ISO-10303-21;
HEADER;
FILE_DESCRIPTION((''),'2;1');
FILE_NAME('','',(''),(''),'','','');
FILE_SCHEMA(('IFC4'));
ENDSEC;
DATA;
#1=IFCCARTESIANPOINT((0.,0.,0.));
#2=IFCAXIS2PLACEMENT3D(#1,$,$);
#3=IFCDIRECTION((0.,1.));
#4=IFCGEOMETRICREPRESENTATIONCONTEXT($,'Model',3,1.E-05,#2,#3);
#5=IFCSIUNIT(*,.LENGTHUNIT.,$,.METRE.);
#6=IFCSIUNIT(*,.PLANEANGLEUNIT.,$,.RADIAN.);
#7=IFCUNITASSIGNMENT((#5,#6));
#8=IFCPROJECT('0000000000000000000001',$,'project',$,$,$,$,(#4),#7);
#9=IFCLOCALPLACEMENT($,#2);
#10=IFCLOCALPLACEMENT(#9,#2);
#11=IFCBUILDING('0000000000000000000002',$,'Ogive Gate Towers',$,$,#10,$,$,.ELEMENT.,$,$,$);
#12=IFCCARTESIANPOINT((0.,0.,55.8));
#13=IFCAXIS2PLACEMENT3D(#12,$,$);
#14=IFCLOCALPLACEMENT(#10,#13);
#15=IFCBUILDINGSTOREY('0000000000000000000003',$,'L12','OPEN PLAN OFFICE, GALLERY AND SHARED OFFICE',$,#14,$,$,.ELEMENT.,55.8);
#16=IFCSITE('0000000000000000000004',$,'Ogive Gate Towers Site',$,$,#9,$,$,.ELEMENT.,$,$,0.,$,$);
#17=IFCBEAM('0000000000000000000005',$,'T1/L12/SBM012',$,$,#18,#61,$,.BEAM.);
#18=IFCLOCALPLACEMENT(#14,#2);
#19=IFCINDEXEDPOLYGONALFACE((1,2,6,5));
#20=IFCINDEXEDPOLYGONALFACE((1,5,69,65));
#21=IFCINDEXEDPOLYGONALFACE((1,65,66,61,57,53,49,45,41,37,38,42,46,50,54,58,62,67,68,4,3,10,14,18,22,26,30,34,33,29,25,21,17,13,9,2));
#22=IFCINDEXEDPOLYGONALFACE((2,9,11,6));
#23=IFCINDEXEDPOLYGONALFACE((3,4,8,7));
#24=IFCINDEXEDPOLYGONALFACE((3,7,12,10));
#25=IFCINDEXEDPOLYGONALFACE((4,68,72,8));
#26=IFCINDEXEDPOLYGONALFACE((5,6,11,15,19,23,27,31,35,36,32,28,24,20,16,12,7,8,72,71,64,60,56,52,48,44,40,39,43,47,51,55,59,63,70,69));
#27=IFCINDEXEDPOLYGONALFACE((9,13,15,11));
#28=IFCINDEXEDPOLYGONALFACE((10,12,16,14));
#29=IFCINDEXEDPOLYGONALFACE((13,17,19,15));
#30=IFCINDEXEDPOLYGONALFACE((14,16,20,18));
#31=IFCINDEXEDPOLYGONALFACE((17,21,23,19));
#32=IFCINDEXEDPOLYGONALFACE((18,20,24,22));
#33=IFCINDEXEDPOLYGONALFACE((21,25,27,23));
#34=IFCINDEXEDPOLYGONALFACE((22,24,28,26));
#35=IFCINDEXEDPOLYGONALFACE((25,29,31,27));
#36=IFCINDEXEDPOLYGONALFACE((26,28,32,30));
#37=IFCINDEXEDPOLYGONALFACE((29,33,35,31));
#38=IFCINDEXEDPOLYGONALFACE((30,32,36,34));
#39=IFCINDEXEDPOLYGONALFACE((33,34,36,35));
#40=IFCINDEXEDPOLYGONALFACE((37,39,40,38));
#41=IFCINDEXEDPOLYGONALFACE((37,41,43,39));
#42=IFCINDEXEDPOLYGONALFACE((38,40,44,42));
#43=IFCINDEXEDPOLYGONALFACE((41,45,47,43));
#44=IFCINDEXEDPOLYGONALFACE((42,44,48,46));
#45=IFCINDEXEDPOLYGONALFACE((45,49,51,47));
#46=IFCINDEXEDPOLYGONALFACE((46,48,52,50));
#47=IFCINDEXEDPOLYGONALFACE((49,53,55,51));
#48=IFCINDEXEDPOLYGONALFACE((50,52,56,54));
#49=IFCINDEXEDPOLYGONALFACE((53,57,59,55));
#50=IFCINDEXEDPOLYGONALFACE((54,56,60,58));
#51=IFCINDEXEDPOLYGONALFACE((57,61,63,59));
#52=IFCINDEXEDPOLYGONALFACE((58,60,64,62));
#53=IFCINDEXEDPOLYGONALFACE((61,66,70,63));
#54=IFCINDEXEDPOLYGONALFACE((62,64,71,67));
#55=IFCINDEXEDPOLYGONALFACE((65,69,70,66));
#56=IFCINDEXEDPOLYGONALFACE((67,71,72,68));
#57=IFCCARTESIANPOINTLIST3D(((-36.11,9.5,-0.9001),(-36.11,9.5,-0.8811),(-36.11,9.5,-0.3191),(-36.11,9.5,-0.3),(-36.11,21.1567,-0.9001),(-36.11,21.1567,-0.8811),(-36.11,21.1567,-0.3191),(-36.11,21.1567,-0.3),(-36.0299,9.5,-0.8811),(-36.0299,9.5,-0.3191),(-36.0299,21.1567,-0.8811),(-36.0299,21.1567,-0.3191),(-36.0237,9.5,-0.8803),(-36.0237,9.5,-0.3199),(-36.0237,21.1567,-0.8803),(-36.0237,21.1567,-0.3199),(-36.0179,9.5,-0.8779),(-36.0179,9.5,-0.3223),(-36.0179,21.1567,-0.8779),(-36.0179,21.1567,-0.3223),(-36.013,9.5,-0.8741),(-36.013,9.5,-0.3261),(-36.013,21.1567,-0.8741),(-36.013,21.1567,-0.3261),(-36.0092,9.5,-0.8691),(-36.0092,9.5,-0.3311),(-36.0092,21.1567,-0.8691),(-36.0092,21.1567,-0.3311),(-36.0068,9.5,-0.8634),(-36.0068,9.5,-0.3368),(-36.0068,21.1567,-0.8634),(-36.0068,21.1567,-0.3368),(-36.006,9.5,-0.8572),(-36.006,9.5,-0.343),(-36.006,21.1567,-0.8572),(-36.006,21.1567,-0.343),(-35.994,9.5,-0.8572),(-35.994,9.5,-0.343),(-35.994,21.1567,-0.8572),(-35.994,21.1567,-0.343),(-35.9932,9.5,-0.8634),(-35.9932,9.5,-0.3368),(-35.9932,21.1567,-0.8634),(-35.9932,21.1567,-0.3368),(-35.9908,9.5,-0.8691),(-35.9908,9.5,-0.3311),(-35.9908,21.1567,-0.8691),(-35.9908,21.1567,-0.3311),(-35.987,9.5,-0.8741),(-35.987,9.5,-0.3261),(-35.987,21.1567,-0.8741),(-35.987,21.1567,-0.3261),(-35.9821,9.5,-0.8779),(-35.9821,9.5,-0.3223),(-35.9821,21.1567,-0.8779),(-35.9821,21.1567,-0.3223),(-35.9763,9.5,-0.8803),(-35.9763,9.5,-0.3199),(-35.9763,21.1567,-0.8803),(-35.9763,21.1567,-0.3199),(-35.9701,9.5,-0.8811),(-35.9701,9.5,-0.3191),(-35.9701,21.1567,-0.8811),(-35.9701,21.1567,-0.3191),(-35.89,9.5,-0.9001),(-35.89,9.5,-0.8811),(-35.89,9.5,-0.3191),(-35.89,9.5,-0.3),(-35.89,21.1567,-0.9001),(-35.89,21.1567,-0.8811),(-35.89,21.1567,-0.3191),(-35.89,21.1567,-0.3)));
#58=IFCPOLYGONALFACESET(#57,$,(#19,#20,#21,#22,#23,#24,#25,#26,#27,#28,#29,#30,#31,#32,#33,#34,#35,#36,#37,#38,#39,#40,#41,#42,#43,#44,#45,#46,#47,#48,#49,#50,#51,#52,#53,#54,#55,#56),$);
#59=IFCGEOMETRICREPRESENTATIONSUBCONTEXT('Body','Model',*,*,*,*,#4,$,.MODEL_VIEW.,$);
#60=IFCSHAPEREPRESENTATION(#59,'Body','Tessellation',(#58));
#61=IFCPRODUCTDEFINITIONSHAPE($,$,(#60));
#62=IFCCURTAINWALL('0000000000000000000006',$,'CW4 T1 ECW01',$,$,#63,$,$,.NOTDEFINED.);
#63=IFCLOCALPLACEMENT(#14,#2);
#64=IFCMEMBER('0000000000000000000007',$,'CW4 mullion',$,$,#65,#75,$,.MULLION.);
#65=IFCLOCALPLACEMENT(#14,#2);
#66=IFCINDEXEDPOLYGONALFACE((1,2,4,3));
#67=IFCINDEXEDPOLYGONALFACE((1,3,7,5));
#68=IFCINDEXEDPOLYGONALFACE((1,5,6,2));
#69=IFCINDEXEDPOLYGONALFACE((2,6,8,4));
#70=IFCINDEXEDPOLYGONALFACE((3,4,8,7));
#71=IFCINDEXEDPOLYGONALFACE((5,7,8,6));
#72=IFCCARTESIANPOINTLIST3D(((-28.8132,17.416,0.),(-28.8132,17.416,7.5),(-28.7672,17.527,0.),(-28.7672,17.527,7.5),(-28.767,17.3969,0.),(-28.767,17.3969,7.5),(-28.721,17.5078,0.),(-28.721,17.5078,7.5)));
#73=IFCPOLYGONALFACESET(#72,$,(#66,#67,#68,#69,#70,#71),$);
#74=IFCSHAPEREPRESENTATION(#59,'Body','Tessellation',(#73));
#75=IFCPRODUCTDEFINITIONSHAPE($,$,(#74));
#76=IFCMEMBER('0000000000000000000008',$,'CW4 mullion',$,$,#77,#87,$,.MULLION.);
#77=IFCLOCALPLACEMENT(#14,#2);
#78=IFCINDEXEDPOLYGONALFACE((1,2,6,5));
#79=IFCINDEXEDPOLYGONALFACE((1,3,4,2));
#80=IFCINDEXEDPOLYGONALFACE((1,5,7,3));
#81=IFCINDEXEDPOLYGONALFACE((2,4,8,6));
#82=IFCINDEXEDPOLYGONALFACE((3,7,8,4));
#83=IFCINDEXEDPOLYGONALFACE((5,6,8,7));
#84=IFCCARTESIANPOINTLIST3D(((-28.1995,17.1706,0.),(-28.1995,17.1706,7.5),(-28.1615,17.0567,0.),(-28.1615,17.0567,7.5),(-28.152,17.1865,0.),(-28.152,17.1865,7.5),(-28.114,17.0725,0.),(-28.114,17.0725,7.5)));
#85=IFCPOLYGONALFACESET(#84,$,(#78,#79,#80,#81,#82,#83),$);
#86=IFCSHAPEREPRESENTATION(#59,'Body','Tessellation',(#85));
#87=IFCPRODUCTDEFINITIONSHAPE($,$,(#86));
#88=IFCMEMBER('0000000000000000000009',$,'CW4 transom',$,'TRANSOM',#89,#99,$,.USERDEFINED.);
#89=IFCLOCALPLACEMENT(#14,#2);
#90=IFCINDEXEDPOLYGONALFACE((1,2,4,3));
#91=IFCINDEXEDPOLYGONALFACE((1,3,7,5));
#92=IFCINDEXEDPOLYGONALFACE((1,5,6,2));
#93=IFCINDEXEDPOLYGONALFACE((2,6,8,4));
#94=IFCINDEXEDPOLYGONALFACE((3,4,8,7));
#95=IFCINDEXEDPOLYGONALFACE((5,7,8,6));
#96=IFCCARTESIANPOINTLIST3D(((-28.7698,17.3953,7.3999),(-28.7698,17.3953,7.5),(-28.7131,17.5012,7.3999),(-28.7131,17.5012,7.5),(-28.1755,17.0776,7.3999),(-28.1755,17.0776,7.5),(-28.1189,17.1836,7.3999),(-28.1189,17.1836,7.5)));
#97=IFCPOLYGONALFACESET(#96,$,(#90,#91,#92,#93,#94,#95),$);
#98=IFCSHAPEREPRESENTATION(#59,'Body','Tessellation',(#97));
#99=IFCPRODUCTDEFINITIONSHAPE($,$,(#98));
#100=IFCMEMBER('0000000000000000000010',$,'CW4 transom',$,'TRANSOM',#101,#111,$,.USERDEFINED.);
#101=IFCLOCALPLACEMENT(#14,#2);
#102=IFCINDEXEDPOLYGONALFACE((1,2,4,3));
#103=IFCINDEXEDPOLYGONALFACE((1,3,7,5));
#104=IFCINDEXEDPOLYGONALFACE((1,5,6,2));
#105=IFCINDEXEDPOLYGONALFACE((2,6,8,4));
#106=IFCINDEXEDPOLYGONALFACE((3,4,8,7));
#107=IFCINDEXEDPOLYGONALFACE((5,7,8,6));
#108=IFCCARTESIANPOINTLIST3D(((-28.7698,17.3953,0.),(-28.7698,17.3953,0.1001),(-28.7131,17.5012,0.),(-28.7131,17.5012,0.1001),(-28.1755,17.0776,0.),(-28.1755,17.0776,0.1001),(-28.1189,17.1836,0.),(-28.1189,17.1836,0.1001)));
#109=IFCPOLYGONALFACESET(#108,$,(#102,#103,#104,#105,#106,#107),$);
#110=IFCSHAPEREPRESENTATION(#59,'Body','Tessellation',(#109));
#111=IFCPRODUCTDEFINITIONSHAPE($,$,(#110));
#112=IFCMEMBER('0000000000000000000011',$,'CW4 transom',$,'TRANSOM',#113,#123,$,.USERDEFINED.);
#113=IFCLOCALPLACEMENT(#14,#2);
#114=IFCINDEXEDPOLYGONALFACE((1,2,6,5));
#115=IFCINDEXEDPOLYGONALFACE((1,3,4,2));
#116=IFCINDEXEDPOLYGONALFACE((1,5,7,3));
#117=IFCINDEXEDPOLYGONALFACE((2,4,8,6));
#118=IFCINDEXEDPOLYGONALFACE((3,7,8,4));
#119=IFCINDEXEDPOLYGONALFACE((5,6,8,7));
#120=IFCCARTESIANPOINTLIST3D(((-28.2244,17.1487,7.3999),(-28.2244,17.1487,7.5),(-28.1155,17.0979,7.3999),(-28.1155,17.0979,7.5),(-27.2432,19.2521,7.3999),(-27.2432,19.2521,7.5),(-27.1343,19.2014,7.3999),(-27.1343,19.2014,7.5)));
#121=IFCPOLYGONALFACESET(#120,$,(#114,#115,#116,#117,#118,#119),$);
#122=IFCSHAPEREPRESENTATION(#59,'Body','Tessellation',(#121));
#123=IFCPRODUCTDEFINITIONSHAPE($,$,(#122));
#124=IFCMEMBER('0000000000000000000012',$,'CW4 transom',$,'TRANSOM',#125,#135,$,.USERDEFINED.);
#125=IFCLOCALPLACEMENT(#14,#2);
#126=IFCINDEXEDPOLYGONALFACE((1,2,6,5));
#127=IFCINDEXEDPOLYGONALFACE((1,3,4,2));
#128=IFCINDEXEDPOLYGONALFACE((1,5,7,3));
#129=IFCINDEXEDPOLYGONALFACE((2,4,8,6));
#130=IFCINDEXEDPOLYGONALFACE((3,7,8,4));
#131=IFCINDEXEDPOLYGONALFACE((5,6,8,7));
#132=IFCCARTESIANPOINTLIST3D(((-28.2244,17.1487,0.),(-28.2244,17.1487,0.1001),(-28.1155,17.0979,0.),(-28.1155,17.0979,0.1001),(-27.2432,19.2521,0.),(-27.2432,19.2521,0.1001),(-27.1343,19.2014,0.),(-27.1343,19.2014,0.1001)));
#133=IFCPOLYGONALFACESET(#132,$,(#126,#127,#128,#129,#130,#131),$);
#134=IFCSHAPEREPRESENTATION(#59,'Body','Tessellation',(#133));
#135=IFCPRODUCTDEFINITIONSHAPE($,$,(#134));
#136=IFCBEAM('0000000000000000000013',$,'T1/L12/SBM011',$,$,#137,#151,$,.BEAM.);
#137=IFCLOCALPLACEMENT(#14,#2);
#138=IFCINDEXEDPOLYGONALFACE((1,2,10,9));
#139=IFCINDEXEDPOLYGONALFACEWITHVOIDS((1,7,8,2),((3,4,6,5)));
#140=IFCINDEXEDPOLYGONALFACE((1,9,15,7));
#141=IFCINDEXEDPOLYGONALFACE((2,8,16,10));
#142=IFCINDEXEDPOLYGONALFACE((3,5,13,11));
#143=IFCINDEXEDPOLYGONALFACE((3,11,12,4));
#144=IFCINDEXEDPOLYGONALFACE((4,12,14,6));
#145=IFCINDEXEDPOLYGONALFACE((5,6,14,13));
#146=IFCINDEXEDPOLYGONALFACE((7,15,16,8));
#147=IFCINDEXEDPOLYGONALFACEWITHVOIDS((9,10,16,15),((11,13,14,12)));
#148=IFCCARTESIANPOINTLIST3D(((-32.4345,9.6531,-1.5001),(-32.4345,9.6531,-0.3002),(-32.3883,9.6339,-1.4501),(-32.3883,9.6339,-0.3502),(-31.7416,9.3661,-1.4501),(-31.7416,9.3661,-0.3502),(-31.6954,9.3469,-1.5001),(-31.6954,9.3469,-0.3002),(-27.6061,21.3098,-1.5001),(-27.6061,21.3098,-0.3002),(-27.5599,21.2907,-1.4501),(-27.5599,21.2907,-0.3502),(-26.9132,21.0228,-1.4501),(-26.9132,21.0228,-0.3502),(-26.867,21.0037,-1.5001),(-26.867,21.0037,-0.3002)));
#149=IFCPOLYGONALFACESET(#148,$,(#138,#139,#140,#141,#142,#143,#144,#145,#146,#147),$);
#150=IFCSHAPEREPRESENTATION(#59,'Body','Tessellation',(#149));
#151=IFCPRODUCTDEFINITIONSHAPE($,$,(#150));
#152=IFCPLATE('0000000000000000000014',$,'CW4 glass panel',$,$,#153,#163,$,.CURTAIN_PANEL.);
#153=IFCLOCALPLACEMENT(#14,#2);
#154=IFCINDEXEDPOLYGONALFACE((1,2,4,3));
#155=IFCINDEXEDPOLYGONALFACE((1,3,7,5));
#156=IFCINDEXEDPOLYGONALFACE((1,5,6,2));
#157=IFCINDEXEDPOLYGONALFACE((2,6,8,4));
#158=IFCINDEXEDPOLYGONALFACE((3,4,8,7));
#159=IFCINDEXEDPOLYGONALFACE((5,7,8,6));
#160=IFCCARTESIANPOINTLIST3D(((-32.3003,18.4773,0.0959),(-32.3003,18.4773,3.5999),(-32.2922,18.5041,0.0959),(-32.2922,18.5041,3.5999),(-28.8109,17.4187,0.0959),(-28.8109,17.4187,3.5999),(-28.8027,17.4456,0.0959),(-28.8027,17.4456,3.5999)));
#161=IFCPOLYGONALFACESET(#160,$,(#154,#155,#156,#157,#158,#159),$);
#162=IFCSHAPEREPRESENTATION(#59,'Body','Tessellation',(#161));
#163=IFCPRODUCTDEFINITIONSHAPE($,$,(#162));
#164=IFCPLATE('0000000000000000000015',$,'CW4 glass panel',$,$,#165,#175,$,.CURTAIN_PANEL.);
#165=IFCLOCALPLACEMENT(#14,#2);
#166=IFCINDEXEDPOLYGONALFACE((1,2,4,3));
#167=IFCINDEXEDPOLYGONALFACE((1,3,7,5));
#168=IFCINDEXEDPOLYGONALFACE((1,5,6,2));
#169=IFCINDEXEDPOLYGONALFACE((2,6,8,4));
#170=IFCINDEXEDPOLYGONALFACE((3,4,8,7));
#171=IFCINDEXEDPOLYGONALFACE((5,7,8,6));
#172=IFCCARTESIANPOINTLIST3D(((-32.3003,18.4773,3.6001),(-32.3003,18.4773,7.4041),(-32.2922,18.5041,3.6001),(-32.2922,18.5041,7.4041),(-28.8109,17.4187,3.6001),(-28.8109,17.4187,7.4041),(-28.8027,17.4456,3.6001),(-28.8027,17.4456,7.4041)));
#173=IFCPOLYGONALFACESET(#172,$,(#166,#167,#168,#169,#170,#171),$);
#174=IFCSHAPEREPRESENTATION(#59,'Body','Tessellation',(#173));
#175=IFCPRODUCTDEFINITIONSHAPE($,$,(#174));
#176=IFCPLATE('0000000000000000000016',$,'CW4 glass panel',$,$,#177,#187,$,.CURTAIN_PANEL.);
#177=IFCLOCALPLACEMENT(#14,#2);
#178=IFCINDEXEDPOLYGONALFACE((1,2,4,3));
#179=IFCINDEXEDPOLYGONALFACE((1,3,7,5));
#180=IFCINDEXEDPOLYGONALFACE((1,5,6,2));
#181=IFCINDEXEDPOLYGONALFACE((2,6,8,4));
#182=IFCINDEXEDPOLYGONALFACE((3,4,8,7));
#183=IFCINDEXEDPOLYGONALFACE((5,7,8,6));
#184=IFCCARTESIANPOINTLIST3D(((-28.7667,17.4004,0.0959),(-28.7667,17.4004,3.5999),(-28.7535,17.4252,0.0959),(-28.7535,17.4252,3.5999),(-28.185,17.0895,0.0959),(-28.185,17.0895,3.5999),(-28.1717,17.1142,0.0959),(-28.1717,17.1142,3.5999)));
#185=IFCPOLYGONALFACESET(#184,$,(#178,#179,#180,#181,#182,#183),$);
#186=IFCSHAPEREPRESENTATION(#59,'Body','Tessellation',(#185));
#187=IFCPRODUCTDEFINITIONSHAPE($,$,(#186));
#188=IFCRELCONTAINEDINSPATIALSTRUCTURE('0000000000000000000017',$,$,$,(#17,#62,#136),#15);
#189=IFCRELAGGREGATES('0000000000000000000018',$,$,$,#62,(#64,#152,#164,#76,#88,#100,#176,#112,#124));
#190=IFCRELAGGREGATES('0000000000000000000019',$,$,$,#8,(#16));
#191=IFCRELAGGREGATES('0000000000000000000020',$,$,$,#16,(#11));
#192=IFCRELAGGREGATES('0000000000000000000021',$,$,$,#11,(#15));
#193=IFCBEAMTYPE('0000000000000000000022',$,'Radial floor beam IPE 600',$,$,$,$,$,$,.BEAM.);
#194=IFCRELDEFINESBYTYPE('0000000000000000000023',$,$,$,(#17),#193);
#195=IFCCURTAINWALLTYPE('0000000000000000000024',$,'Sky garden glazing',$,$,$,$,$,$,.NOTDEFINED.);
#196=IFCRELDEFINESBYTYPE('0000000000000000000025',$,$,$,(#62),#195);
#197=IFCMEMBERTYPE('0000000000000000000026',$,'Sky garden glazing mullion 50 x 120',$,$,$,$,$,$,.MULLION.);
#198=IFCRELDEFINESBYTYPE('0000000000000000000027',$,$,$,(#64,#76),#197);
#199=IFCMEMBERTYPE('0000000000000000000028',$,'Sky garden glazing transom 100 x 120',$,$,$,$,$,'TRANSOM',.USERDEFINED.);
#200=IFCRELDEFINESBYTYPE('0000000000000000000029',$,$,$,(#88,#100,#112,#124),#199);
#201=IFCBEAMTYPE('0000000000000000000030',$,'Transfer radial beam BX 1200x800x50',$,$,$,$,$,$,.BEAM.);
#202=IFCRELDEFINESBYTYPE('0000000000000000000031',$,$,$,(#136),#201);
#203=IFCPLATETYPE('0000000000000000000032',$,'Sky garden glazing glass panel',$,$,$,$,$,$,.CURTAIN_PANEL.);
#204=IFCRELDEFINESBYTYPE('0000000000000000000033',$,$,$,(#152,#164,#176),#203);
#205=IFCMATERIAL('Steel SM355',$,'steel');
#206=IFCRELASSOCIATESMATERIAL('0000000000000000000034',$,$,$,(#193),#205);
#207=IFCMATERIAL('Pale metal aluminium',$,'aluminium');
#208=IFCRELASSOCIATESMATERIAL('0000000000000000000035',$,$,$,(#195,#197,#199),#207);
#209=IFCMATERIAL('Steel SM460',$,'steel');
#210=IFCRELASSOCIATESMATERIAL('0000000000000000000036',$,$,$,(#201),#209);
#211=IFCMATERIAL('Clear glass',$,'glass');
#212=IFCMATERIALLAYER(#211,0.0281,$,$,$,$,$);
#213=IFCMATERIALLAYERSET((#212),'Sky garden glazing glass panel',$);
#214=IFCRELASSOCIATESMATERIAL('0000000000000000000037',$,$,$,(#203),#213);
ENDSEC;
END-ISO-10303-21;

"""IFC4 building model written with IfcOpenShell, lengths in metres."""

from ifc_helpers import new_model, si_unit, direction, frame, origin, origin_2d, place, context, subcontext, project, spatial, rectangle, hollow_rectangle, i_section, extrude, material, layer, layer_set, material_profile, profile_set, type_object, element, aggregate, save


model = new_model("IFC4")

# Units and contexts
model_context = context("Model", 3, precision=1e-05, world=origin(), true_north=direction((0.0, 1.0)))
body_context = subcontext(model_context, "Body", "Model", "MODEL_VIEW")
ifc_project = project(units=[si_unit("LENGTHUNIT", "METRE"), si_unit("PLANEANGLEUNIT", "RADIAN")], contexts=[model_context])

# Site, building, storey
site_placement = place(None, origin())
site = spatial("IfcSite", under=ifc_project, at=site_placement, Name="Ogive Gate Towers Site", CompositionType="ELEMENT", RefElevation=0.0)
building_placement = place(site_placement, origin())
building = spatial("IfcBuilding", under=site, at=building_placement, Name="Ogive Gate Towers", CompositionType="ELEMENT")
storey_placement = place(building_placement, frame((0.0, 0.0, 55.8)))
storey = spatial("IfcBuildingStorey", under=building, at=storey_placement, Name="L12", Description="OPEN PLAN OFFICE, GALLERY AND SHARED OFFICE", CompositionType="ELEMENT", Elevation=55.8)

# Beam
ifc_material_1 = material(Name="Steel SM355", Category="steel")
ifc_material_profile_1 = material_profile(ifc_material_1, i_section(OverallWidth=0.22, OverallDepth=0.6001, WebThickness=0.012, FlangeThickness=0.019, FilletRadius=0.0239, at=origin_2d()), Name="IPE 600")
ifc_profile_set_1 = profile_set([ifc_material_profile_1], Name="Steel SM355")
beam_type_1 = type_object("IfcBeamType", Name="Radial floor beam IPE 600", PredefinedType="BEAM", material=ifc_profile_set_1)
beam_1_placement = place(storey_placement, frame((-36.0, 9.5, -0.6001), z_axis=(0.0, 1.0, 0.0), x_axis=(-1.0, 0.0, 0.0)))
element("IfcBeam", 1, at=beam_1_placement, inside=storey, type_object=beam_type_1, Name="T1/L12/SBM012", PredefinedType="BEAM", context=body_context, shape_type="SweptSolid", body=[
    extrude(i_section(OverallWidth=0.22, OverallDepth=0.6001, WebThickness=0.012, FlangeThickness=0.019, FilletRadius=0.0239, at=origin_2d()), origin(), (0.0, 0.0, 1.0), 11.6567),
])

# Curtain wall, members
ifc_material_2 = material(Name="Pale metal aluminium", Category="aluminium")
curtain_wall_type = type_object("IfcCurtainWallType", Name="Sky garden glazing", PredefinedType="NOTDEFINED", material=ifc_material_2)
curtain_wall_placement = place(storey_placement, origin())
curtain_wall = element("IfcCurtainWall", 2, at=curtain_wall_placement, inside=storey, type_object=curtain_wall_type, Name="CW4 T1 ECW01", PredefinedType="NOTDEFINED")
ifc_material_profile_2 = material_profile(ifc_material_2, rectangle(XDim=0.1201, YDim=0.05, at=origin_2d()), Name="50 x 120 aluminium box")
ifc_profile_set_2 = profile_set([ifc_material_profile_2], Name="Pale metal aluminium")
member_type_1 = type_object("IfcMemberType", Name="Sky garden glazing mullion 50 x 120", PredefinedType="MULLION", material=ifc_profile_set_2)
member_1_placement = place(storey_placement, frame((-28.7671, 17.4619, 0.0), z_axis=(0.0, 0.0, 1.0), x_axis=(-0.3827, -0.923873, 0.0)))
member_1 = element("IfcMember", 3, at=member_1_placement, type_object=member_type_1, Name="CW4 mullion", PredefinedType="MULLION", context=body_context, shape_type="SweptSolid", body=[
    extrude(rectangle(XDim=0.1201, YDim=0.05, at=origin_2d()), origin(), (0.0, 0.0, 1.0), 7.5),
])
member_2_placement = place(storey_placement, frame((-28.1567, 17.1216, 0.0), z_axis=(0.0, 0.0, 1.0), x_axis=(0.316262, -0.948672, 0.0)))
member_2 = element("IfcMember", 4, at=member_2_placement, type_object=member_type_1, Name="CW4 mullion", PredefinedType="MULLION", context=body_context, shape_type="SweptSolid", body=[
    extrude(rectangle(XDim=0.1201, YDim=0.05, at=origin_2d()), origin(), (0.0, 0.0, 1.0), 7.5),
])
ifc_material_profile_3 = material_profile(ifc_material_2, rectangle(XDim=0.1201, YDim=0.1001, at=origin_2d()), Name="100 x 120 aluminium box")
ifc_profile_set_3 = profile_set([ifc_material_profile_3], Name="Pale metal aluminium")
member_type_2 = type_object("IfcMemberType", Name="Sky garden glazing transom 100 x 120", ElementType="TRANSOM", PredefinedType="USERDEFINED", material=ifc_profile_set_3)
member_3_placement = place(storey_placement, frame((-28.7415, 17.4482, 7.45), z_axis=(0.881921, -0.471397, 0.0), x_axis=(0.471397, 0.881921, 0.0)))
member_3 = element("IfcMember", 5, at=member_3_placement, type_object=member_type_2, Name="CW4 transom", ObjectType="TRANSOM", PredefinedType="USERDEFINED", context=body_context, shape_type="SweptSolid", body=[
    extrude(rectangle(XDim=0.1201, YDim=0.1001, at=origin_2d()), origin(), (0.0, 0.0, 1.0), 0.6738),
])
member_4_placement = place(storey_placement, frame((-28.7415, 17.4482, 0.05), z_axis=(0.881921, -0.471397, 0.0), x_axis=(0.471397, 0.881921, 0.0)))
member_4 = element("IfcMember", 6, at=member_4_placement, type_object=member_type_2, Name="CW4 transom", ObjectType="TRANSOM", PredefinedType="USERDEFINED", context=body_context, shape_type="SweptSolid", body=[
    extrude(rectangle(XDim=0.1201, YDim=0.1001, at=origin_2d()), origin(), (0.0, 0.0, 1.0), 0.6738),
])
member_5_placement = place(storey_placement, frame((-28.1699, 17.1233, 7.45), z_axis=(0.42273, 0.906256, 0.0), x_axis=(-0.906256, 0.42273, 0.0)))
member_5 = element("IfcMember", 7, at=member_5_placement, type_object=member_type_2, Name="CW4 transom", ObjectType="TRANSOM", PredefinedType="USERDEFINED", context=body_context, shape_type="SweptSolid", body=[
    extrude(rectangle(XDim=0.1201, YDim=0.1001, at=origin_2d()), origin(), (0.0, 0.0, 1.0), 2.321),
])
member_6_placement = place(storey_placement, frame((-28.1699, 17.1233, 0.05), z_axis=(0.42273, 0.906256, 0.0), x_axis=(-0.906256, 0.42273, 0.0)))
member_6 = element("IfcMember", 8, at=member_6_placement, type_object=member_type_2, Name="CW4 transom", ObjectType="TRANSOM", PredefinedType="USERDEFINED", context=body_context, shape_type="SweptSolid", body=[
    extrude(rectangle(XDim=0.1201, YDim=0.1001, at=origin_2d()), origin(), (0.0, 0.0, 1.0), 2.321),
])

# Beam
ifc_material_3 = material(Name="Steel SM460", Category="steel")
ifc_material_profile_4 = material_profile(ifc_material_3, hollow_rectangle(XDim=0.8, YDim=1.2, WallThickness=0.05, at=origin_2d()), Name="BX 1200x800x50")
ifc_profile_set_4 = profile_set([ifc_material_profile_4], Name="Steel SM460")
beam_type_2 = type_object("IfcBeamType", Name="Transfer radial beam BX 1200x800x50", PredefinedType="BEAM", material=ifc_profile_set_4)
beam_2_placement = place(storey_placement, frame((-32.0649, 9.5, -0.9001), z_axis=(0.382683, 0.92388, 0.0), x_axis=(-0.92388, 0.382683, 0.0)))
element("IfcBeam", 9, at=beam_2_placement, inside=storey, type_object=beam_type_2, Name="T1/L12/SBM011", PredefinedType="BEAM", context=body_context, shape_type="SweptSolid", body=[
    extrude(hollow_rectangle(XDim=0.8, YDim=1.2, WallThickness=0.05, at=origin_2d()), origin(), (0.0, 0.0, 1.0), 12.6172),
])

# Plates
ifc_material_4 = material(Name="Clear glass", Category="glass")
ifc_layer_1 = layer(ifc_material_4, 0.0281)
ifc_layer_set_1 = layer_set([ifc_layer_1], Name="Sky garden glazing glass panel")
plate_type = type_object("IfcPlateType", Name="Sky garden glazing glass panel", PredefinedType="CURTAIN_PANEL", material=ifc_layer_set_1)
plate_1_placement = place(storey_placement, frame((-30.5515, 17.9614, 0.0959), z_axis=(0.0, 0.0, 1.0), x_axis=(0.95694, -0.290285, 0.0)))
plate_1 = element("IfcPlate", 10, at=plate_1_placement, type_object=plate_type, Name="CW4 glass panel", PredefinedType="CURTAIN_PANEL", context=body_context, shape_type="SweptSolid", body=[
    extrude(rectangle(XDim=3.6465, YDim=0.0281, at=origin_2d()), origin(), (0.0, 0.0, 1.0), 3.5039),
])
plate_2_placement = place(storey_placement, frame((-30.5515, 17.9614, 3.6001), z_axis=(0.0, 0.0, 1.0), x_axis=(0.95694, -0.290285, 0.0)))
plate_2 = element("IfcPlate", 11, at=plate_2_placement, type_object=plate_type, Name="CW4 glass panel", PredefinedType="CURTAIN_PANEL", context=body_context, shape_type="SweptSolid", body=[
    extrude(rectangle(XDim=3.6465, YDim=0.0281, at=origin_2d()), origin(), (0.0, 0.0, 1.0), 3.804),
])
plate_3_placement = place(storey_placement, frame((-28.4692, 17.2573, 0.0959), z_axis=(0.0, 0.0, 1.0), x_axis=(0.881905, -0.471428, 0.0)))
plate_3 = element("IfcPlate", 12, at=plate_3_placement, type_object=plate_type, Name="CW4 glass panel", PredefinedType="CURTAIN_PANEL", context=body_context, shape_type="SweptSolid", body=[
    extrude(rectangle(XDim=0.6597, YDim=0.0281, at=origin_2d()), origin(), (0.0, 0.0, 1.0), 3.5039),
])
aggregate(curtain_wall, [member_1, plate_1, plate_2, member_2, member_3, member_4, plate_3, member_5, member_6])

save(model, "model.ifc")
